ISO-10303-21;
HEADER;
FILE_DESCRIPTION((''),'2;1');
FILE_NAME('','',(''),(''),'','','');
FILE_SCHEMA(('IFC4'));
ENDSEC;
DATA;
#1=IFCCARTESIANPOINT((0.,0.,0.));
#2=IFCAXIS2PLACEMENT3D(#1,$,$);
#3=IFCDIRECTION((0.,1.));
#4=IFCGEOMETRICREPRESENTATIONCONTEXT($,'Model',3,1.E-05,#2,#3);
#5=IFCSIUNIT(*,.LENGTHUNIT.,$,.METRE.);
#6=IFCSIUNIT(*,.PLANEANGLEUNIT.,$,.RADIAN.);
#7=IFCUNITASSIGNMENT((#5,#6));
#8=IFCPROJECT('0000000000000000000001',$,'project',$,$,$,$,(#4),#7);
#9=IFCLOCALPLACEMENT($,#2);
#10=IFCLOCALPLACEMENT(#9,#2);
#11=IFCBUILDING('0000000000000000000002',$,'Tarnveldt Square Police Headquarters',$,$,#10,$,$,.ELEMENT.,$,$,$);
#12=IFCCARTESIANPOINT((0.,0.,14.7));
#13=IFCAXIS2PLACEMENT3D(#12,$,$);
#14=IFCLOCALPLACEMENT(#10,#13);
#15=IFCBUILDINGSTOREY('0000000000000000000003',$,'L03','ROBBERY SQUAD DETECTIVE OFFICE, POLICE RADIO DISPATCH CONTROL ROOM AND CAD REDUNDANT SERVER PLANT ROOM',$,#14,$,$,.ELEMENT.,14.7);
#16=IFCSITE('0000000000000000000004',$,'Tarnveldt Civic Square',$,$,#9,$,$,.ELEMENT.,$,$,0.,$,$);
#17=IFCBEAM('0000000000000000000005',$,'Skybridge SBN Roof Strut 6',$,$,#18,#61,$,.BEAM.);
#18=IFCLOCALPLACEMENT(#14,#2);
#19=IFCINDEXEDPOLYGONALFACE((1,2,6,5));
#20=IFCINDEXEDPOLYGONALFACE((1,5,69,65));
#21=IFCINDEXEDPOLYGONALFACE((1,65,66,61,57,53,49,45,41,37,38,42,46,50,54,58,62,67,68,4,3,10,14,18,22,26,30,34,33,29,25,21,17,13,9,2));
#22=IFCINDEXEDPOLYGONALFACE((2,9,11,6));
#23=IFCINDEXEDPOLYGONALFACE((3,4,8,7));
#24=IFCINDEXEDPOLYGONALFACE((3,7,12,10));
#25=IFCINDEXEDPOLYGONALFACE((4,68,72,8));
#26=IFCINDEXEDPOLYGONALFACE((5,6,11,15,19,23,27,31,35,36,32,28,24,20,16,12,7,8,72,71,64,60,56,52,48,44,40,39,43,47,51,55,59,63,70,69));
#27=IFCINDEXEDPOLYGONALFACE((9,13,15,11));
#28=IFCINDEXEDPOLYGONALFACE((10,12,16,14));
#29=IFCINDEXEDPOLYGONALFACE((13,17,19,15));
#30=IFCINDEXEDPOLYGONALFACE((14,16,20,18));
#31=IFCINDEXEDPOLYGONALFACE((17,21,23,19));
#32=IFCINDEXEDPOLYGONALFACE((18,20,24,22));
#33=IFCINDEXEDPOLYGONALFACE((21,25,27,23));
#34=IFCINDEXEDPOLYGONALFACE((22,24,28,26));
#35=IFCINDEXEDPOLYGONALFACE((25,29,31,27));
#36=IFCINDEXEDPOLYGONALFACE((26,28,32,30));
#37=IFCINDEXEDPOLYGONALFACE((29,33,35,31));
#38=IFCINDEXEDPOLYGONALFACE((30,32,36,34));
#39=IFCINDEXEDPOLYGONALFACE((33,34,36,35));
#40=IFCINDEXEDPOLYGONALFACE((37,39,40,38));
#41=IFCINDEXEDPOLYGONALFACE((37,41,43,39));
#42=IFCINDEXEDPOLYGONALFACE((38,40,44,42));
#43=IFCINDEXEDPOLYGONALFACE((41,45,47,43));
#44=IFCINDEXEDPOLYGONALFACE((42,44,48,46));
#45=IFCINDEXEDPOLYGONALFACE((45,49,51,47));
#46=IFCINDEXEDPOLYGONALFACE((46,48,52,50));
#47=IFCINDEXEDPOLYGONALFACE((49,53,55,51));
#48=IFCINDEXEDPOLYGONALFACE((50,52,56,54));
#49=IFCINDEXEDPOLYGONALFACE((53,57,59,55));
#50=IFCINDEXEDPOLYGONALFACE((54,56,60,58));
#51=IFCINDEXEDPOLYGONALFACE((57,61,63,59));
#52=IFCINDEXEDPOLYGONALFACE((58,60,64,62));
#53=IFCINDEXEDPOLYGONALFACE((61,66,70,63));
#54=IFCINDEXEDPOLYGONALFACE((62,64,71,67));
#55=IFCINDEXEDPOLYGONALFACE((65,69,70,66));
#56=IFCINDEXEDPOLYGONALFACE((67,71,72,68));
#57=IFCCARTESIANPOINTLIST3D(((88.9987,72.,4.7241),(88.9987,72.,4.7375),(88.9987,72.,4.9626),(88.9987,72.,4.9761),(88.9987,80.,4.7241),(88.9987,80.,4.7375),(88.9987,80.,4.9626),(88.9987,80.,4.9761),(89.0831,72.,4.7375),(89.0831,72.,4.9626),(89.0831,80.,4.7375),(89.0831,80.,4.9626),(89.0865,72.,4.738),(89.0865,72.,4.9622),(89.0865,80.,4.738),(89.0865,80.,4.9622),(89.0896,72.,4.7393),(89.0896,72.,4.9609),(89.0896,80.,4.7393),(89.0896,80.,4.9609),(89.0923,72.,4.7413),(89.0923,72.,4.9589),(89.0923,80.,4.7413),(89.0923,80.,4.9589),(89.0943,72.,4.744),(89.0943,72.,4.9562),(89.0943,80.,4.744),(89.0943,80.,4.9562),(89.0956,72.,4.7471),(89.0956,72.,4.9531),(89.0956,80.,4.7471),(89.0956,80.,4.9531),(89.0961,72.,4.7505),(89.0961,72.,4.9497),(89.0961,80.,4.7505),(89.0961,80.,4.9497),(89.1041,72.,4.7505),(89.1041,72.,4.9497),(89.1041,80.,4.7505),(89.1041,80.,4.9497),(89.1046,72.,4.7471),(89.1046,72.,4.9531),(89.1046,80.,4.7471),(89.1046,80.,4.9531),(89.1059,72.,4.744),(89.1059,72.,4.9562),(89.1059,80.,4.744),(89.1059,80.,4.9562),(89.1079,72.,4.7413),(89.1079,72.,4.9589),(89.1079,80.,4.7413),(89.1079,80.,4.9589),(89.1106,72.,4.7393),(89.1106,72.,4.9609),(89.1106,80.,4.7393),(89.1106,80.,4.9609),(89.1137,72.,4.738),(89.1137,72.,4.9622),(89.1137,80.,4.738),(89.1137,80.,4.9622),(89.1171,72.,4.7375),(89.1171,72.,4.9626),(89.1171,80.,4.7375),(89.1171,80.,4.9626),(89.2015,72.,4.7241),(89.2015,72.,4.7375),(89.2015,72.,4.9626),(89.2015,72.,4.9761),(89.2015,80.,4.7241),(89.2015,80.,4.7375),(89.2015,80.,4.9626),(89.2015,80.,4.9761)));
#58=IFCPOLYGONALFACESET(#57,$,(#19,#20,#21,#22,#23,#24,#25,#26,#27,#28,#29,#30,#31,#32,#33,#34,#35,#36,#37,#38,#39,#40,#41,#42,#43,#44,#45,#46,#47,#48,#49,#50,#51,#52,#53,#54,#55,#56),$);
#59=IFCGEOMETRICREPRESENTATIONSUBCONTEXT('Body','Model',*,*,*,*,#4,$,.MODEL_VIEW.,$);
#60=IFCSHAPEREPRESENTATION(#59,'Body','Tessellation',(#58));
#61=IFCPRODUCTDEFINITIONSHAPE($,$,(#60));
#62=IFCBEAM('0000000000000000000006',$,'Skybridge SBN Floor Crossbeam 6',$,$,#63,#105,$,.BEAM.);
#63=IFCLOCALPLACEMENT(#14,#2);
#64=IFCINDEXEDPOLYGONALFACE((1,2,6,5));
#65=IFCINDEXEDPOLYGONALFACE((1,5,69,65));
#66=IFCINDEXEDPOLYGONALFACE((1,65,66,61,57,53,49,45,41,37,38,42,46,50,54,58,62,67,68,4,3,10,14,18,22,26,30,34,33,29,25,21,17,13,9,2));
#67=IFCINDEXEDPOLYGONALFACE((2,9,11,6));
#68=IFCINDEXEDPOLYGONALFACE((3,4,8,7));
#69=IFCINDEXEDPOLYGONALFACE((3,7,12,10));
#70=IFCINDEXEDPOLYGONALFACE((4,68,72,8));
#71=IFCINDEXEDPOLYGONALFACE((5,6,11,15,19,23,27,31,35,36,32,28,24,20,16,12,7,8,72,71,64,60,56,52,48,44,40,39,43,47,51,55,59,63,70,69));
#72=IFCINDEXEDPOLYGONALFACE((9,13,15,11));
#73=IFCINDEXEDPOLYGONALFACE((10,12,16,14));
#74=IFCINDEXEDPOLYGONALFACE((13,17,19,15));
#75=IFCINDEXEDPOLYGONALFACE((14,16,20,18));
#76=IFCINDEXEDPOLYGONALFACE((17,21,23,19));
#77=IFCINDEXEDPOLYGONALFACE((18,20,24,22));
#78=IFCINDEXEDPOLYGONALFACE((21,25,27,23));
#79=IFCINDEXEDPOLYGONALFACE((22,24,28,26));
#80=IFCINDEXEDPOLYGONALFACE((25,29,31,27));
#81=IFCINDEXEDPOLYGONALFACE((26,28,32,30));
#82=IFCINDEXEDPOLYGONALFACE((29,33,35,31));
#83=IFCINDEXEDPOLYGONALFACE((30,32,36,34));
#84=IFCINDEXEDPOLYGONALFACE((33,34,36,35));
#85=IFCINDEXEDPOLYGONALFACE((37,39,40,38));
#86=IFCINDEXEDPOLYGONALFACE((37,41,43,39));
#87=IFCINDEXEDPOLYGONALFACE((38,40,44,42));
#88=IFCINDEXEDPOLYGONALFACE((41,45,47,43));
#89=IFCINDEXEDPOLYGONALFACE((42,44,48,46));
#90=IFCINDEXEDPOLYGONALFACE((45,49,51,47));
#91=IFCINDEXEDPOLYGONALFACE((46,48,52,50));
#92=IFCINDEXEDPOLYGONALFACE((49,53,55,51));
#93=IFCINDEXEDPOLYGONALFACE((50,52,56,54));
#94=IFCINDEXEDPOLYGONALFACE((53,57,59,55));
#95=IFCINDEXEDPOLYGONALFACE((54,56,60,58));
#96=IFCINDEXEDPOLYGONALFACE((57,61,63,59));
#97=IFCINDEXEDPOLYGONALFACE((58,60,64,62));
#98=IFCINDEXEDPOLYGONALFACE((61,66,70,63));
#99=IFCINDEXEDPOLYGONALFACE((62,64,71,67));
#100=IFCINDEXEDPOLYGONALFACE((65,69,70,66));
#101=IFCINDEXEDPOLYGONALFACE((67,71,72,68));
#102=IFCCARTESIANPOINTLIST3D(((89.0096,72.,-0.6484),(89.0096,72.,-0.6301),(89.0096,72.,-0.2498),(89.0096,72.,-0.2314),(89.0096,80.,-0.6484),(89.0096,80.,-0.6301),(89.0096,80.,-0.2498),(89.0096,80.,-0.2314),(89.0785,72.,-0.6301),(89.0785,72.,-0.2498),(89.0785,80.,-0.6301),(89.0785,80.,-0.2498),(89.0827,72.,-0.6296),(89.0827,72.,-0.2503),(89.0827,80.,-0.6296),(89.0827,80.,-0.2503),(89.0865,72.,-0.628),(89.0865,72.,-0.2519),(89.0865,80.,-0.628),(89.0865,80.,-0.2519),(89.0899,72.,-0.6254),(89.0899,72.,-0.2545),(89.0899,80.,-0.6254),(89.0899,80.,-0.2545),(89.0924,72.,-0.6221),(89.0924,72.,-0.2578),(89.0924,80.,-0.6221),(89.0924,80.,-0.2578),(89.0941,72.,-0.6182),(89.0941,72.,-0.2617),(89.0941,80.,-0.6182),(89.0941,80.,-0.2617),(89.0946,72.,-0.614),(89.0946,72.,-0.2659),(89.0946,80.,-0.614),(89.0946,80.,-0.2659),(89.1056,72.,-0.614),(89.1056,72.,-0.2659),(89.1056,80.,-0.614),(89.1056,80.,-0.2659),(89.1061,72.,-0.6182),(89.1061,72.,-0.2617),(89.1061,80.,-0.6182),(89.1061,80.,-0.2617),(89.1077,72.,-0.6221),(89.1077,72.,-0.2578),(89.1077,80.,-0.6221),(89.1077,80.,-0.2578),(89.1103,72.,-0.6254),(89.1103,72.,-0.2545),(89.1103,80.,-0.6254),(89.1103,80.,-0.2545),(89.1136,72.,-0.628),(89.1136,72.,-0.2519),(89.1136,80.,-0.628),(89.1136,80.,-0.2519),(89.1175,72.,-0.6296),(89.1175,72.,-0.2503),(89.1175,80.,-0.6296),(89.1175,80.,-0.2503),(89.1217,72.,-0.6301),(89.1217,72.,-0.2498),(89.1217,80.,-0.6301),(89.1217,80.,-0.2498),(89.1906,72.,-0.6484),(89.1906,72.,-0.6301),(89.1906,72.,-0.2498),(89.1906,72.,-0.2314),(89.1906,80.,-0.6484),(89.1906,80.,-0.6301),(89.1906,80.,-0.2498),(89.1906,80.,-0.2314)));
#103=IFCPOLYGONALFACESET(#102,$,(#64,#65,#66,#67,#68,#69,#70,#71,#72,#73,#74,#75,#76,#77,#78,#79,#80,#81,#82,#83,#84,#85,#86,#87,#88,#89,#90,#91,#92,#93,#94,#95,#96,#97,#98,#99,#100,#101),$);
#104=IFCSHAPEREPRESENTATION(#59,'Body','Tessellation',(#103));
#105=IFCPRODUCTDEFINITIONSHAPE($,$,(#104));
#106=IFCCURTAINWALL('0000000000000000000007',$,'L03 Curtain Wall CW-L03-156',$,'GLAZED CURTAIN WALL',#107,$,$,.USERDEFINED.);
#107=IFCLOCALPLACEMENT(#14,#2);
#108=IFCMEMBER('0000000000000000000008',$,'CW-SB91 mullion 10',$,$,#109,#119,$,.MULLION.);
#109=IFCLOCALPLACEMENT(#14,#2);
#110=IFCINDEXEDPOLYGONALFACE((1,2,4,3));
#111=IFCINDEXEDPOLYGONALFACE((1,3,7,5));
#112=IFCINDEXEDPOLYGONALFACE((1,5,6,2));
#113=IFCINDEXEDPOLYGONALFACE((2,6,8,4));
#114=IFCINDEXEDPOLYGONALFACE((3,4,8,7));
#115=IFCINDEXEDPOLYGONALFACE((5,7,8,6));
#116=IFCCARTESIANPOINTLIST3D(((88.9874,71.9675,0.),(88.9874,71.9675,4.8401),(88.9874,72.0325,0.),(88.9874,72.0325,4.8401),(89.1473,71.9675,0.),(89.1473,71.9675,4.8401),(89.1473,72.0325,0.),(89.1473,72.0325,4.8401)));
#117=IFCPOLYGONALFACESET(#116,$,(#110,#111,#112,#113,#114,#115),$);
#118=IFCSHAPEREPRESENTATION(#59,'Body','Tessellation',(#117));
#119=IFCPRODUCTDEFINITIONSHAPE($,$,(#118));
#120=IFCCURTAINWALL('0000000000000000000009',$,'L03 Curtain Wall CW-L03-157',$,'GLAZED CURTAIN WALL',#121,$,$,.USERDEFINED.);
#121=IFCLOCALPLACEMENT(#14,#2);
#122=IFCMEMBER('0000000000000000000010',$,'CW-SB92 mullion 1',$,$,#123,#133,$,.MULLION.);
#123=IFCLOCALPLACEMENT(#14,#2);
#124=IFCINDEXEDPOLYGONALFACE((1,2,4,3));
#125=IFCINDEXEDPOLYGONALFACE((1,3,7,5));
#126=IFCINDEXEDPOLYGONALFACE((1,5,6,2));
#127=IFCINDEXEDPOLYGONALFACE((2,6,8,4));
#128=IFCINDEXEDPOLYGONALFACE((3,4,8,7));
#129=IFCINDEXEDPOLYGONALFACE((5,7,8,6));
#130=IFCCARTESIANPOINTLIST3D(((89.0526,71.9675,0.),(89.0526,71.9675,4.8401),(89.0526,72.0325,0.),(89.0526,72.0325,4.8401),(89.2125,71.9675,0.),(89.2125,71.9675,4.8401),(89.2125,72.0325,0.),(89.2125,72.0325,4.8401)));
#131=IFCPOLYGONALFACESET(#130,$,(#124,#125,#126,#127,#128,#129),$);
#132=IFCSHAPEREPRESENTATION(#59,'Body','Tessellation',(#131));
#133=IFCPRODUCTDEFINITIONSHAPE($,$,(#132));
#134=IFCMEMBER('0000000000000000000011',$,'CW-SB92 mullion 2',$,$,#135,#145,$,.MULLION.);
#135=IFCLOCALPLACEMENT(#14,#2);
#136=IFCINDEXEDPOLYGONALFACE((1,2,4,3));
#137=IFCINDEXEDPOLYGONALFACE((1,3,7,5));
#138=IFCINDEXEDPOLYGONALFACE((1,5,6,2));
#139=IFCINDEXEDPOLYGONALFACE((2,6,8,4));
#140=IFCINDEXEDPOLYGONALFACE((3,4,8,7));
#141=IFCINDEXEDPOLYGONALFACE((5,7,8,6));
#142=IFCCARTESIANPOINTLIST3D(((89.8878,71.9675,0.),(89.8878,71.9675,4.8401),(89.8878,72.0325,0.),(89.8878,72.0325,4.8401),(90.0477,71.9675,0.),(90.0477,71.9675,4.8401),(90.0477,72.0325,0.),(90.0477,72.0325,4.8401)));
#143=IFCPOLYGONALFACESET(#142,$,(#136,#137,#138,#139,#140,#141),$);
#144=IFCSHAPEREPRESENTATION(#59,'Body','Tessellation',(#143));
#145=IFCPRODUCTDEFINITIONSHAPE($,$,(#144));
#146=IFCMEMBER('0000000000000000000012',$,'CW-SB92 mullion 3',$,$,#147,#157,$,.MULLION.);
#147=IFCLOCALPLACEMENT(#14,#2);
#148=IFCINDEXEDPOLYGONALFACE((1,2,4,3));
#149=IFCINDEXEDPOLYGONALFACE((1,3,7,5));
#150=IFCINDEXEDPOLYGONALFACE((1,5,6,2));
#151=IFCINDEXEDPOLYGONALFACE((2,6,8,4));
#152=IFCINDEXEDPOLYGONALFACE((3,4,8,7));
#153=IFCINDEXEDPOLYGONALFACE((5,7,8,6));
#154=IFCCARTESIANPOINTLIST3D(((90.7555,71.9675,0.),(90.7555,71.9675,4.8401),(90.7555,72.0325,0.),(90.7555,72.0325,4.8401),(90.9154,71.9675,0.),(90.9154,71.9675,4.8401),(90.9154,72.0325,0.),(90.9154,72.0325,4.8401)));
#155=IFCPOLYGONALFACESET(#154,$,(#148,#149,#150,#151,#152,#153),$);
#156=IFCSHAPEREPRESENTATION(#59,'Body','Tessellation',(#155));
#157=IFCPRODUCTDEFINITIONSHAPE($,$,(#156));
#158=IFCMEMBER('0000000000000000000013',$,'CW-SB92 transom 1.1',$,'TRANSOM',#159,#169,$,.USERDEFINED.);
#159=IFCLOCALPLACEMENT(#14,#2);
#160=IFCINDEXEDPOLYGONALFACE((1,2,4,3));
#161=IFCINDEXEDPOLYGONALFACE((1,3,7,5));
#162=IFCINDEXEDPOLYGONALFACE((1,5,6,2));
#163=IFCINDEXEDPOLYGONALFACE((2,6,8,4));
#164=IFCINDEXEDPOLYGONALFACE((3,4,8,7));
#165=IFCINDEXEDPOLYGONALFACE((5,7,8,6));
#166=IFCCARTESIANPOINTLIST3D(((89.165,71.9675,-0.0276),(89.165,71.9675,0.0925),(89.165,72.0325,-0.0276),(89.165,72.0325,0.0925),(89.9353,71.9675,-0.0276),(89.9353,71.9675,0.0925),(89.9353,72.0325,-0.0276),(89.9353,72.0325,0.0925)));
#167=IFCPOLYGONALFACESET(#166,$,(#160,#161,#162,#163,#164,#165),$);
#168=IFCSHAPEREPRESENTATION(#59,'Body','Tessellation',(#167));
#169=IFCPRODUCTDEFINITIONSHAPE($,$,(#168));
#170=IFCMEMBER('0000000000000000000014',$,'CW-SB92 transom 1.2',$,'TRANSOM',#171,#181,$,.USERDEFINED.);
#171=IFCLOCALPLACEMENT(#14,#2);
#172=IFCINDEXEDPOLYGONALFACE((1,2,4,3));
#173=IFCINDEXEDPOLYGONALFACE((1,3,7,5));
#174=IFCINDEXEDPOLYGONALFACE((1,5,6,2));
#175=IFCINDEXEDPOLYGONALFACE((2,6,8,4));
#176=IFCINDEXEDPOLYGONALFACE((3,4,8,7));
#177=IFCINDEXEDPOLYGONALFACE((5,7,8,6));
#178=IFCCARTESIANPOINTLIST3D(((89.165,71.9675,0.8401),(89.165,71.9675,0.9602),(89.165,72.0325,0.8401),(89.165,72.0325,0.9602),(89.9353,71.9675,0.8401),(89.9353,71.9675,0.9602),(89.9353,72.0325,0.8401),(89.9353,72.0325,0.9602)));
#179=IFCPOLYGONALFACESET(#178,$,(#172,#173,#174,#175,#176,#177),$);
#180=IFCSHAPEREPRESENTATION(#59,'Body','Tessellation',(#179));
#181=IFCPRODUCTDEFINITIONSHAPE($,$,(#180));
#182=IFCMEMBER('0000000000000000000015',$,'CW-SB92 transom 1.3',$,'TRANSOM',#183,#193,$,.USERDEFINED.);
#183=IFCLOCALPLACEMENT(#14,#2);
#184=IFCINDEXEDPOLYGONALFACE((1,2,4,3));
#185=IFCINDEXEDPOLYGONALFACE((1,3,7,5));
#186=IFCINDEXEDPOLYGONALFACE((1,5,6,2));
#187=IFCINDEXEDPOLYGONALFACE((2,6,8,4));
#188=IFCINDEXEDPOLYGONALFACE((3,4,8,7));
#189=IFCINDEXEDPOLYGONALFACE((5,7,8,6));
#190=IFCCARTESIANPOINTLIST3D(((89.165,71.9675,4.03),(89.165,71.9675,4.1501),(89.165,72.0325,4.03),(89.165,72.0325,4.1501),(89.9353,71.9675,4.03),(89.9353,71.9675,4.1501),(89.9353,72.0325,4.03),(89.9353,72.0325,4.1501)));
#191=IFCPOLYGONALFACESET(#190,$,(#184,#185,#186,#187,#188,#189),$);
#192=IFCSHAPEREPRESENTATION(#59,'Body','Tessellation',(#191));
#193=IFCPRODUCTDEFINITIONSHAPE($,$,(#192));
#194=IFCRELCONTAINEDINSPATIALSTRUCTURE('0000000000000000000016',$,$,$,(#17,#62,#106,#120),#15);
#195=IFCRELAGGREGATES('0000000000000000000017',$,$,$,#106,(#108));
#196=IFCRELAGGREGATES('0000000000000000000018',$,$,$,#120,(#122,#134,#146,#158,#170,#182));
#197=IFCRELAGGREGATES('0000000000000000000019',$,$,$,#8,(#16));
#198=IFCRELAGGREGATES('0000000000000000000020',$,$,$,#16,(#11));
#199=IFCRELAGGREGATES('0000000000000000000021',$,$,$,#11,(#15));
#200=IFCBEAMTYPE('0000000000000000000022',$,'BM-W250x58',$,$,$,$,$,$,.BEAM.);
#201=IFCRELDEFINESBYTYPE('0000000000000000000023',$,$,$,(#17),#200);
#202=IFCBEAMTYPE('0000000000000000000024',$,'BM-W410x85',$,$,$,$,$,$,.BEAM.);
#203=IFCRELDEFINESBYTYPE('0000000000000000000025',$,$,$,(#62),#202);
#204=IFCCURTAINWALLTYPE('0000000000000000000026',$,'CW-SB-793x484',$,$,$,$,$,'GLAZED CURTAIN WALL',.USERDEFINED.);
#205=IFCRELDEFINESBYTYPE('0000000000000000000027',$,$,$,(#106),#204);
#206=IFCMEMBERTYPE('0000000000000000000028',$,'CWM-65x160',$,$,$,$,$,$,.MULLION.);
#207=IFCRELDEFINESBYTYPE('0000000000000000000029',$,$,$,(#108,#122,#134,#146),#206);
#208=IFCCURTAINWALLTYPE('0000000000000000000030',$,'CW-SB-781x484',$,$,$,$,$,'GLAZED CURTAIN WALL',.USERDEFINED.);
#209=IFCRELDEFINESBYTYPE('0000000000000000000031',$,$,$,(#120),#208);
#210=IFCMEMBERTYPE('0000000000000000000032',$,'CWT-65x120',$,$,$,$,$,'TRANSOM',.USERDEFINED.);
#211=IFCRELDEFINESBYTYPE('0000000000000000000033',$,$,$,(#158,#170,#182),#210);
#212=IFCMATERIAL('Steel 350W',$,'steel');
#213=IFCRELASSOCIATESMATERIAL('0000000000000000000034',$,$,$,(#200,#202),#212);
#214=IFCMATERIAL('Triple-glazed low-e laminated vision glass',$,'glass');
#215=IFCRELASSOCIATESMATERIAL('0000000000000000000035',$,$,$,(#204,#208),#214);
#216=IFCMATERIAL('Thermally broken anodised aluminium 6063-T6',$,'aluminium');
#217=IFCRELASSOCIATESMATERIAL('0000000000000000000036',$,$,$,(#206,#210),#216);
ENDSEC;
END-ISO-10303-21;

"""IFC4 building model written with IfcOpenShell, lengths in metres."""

from ifc_helpers import new_model, si_unit, direction, frame, origin, origin_2d, place, context, subcontext, project, spatial, rectangle, i_section, extrude, material, material_profile, profile_set, type_object, element, aggregate, save


model = new_model("IFC4")

# Units and contexts
model_context = context("Model", 3, precision=1e-05, world=origin(), true_north=direction((0.0, 1.0)))
body_context = subcontext(model_context, "Body", "Model", "MODEL_VIEW")
ifc_project = project(units=[si_unit("LENGTHUNIT", "METRE"), si_unit("PLANEANGLEUNIT", "RADIAN")], contexts=[model_context])

# Site, building, storey
site_placement = place(None, origin())
site = spatial("IfcSite", under=ifc_project, at=site_placement, Name="Tarnveldt Civic Square", CompositionType="ELEMENT", RefElevation=0.0)
building_placement = place(site_placement, origin())
building = spatial("IfcBuilding", under=site, at=building_placement, Name="Tarnveldt Square Police Headquarters", CompositionType="ELEMENT")
storey_placement = place(building_placement, frame((0.0, 0.0, 14.7)))
storey = spatial("IfcBuildingStorey", under=building, at=storey_placement, Name="L03", Description="ROBBERY SQUAD DETECTIVE OFFICE, POLICE RADIO DISPATCH CONTROL ROOM AND CAD REDUNDANT SERVER PLANT ROOM", CompositionType="ELEMENT", Elevation=14.7)

# Beams
ifc_material_1 = material(Name="Steel 350W", Category="steel")
ifc_material_profile_1 = material_profile(ifc_material_1, i_section(OverallWidth=0.2029, OverallDepth=0.252, WebThickness=0.0081, FlangeThickness=0.0134, FilletRadius=0.0129, at=origin_2d()), Name="W250x58")
ifc_profile_set_1 = profile_set([ifc_material_profile_1], Name="Steel 350W")
beam_type_1 = type_object("IfcBeamType", Name="BM-W250x58", PredefinedType="BEAM", material=ifc_profile_set_1)
beam_1_placement = place(storey_placement, frame((89.1001, 72.0, 4.8501), z_axis=(0.0, 1.0, 0.0), x_axis=(-1.0, 0.0, 0.0)))
element("IfcBeam", 1, at=beam_1_placement, inside=storey, type_object=beam_type_1, Name="Skybridge SBN Roof Strut 6", PredefinedType="BEAM", context=body_context, shape_type="SweptSolid", body=[
    extrude(i_section(OverallWidth=0.2029, OverallDepth=0.252, WebThickness=0.0081, FlangeThickness=0.0134, FilletRadius=0.0129, at=origin_2d()), origin(), (0.0, 0.0, 1.0), 8.0),
])
ifc_material_profile_2 = material_profile(ifc_material_1, i_section(OverallWidth=0.1809, OverallDepth=0.417, WebThickness=0.011, FlangeThickness=0.0183, FilletRadius=0.0161, at=origin_2d()), Name="W410x85")
ifc_profile_set_2 = profile_set([ifc_material_profile_2], Name="Steel 350W")
beam_type_2 = type_object("IfcBeamType", Name="BM-W410x85", PredefinedType="BEAM", material=ifc_profile_set_2)
beam_2_placement = place(storey_placement, frame((89.1001, 72.0, -0.4399), z_axis=(0.0, 1.0, 0.0), x_axis=(-1.0, 0.0, 0.0)))
element("IfcBeam", 2, at=beam_2_placement, inside=storey, type_object=beam_type_2, Name="Skybridge SBN Floor Crossbeam 6", PredefinedType="BEAM", context=body_context, shape_type="SweptSolid", body=[
    extrude(i_section(OverallWidth=0.1809, OverallDepth=0.417, WebThickness=0.011, FlangeThickness=0.0183, FilletRadius=0.0161, at=origin_2d()), origin(), (0.0, 0.0, 1.0), 8.0),
])

# Curtain wall, member
ifc_material_2 = material(Name="Triple-glazed low-e laminated vision glass", Category="glass")
curtain_wall_type_1 = type_object("IfcCurtainWallType", Name="CW-SB-793x484", ElementType="GLAZED CURTAIN WALL", PredefinedType="USERDEFINED", material=ifc_material_2)
curtain_wall_1_placement = place(storey_placement, origin())
curtain_wall_1 = element("IfcCurtainWall", 3, at=curtain_wall_1_placement, inside=storey, type_object=curtain_wall_type_1, Name="L03 Curtain Wall CW-L03-156", ObjectType="GLAZED CURTAIN WALL", PredefinedType="USERDEFINED")
ifc_material_3 = material(Name="Thermally broken anodised aluminium 6063-T6", Category="aluminium")
ifc_material_profile_3 = material_profile(ifc_material_3, rectangle(XDim=0.0649, YDim=0.1599, at=origin_2d()), Name="CW-M65x160")
ifc_profile_set_3 = profile_set([ifc_material_profile_3], Name="Thermally broken anodised aluminium 6063-T6")
member_type_1 = type_object("IfcMemberType", Name="CWM-65x160", PredefinedType="MULLION", material=ifc_profile_set_3)
member_1_placement = place(storey_placement, frame((89.0674, 72.0, 0.0), z_axis=(0.0, 0.0, 1.0), x_axis=(0.0, 1.0, 0.0)))
member_1 = element("IfcMember", 4, at=member_1_placement, type_object=member_type_1, Name="CW-SB91 mullion 10", PredefinedType="MULLION", context=body_context, shape_type="SweptSolid", body=[
    extrude(rectangle(XDim=0.0649, YDim=0.1599, at=origin_2d()), origin(), (0.0, 0.0, 1.0), 4.8401),
])

# Curtain wall, members
curtain_wall_type_2 = type_object("IfcCurtainWallType", Name="CW-SB-781x484", ElementType="GLAZED CURTAIN WALL", PredefinedType="USERDEFINED", material=ifc_material_2)
curtain_wall_2_placement = place(storey_placement, origin())
curtain_wall_2 = element("IfcCurtainWall", 5, at=curtain_wall_2_placement, inside=storey, type_object=curtain_wall_type_2, Name="L03 Curtain Wall CW-L03-157", ObjectType="GLAZED CURTAIN WALL", PredefinedType="USERDEFINED")
member_2_placement = place(storey_placement, frame((89.1326, 72.0, 0.0), z_axis=(0.0, 0.0, 1.0), x_axis=(0.0, 1.0, 0.0)))
member_2 = element("IfcMember", 6, at=member_2_placement, type_object=member_type_1, Name="CW-SB92 mullion 1", PredefinedType="MULLION", context=body_context, shape_type="SweptSolid", body=[
    extrude(rectangle(XDim=0.0649, YDim=0.1599, at=origin_2d()), origin(), (0.0, 0.0, 1.0), 4.8401),
])
member_3_placement = place(storey_placement, frame((89.9678, 72.0, 0.0), z_axis=(0.0, 0.0, 1.0), x_axis=(0.0, 1.0, 0.0)))
member_3 = element("IfcMember", 7, at=member_3_placement, type_object=member_type_1, Name="CW-SB92 mullion 2", PredefinedType="MULLION", context=body_context, shape_type="SweptSolid", body=[
    extrude(rectangle(XDim=0.0649, YDim=0.1599, at=origin_2d()), origin(), (0.0, 0.0, 1.0), 4.8401),
])
member_4_placement = place(storey_placement, frame((90.8354, 72.0, 0.0), z_axis=(0.0, 0.0, 1.0), x_axis=(0.0, 1.0, 0.0)))
member_4 = element("IfcMember", 8, at=member_4_placement, type_object=member_type_1, Name="CW-SB92 mullion 3", PredefinedType="MULLION", context=body_context, shape_type="SweptSolid", body=[
    extrude(rectangle(XDim=0.0649, YDim=0.1599, at=origin_2d()), origin(), (0.0, 0.0, 1.0), 4.8401),
])
ifc_material_profile_4 = material_profile(ifc_material_3, rectangle(XDim=0.0649, YDim=0.1201, at=origin_2d()), Name="CW-T65x120")
ifc_profile_set_4 = profile_set([ifc_material_profile_4], Name="Thermally broken anodised aluminium 6063-T6")
member_type_2 = type_object("IfcMemberType", Name="CWT-65x120", ElementType="TRANSOM", PredefinedType="USERDEFINED", material=ifc_profile_set_4)
member_5_placement = place(storey_placement, frame((89.165, 72.0, 0.0325), z_axis=(1.0, 0.0, 0.0), x_axis=(0.0, 1.0, 0.0)))
member_5 = element("IfcMember", 9, at=member_5_placement, type_object=member_type_2, Name="CW-SB92 transom 1.1", ObjectType="TRANSOM", PredefinedType="USERDEFINED", context=body_context, shape_type="SweptSolid", body=[
    extrude(rectangle(XDim=0.0649, YDim=0.1201, at=origin_2d()), origin(), (0.0, 0.0, 1.0), 0.7703),
])
member_6_placement = place(storey_placement, frame((89.165, 72.0, 0.9001), z_axis=(1.0, 0.0, 0.0), x_axis=(0.0, 1.0, 0.0)))
member_6 = element("IfcMember", 10, at=member_6_placement, type_object=member_type_2, Name="CW-SB92 transom 1.2", ObjectType="TRANSOM", PredefinedType="USERDEFINED", context=body_context, shape_type="SweptSolid", body=[
    extrude(rectangle(XDim=0.0649, YDim=0.1201, at=origin_2d()), origin(), (0.0, 0.0, 1.0), 0.7703),
])
member_7_placement = place(storey_placement, frame((89.165, 72.0, 4.0901), z_axis=(1.0, 0.0, 0.0), x_axis=(0.0, 1.0, 0.0)))
member_7 = element("IfcMember", 11, at=member_7_placement, type_object=member_type_2, Name="CW-SB92 transom 1.3", ObjectType="TRANSOM", PredefinedType="USERDEFINED", context=body_context, shape_type="SweptSolid", body=[
    extrude(rectangle(XDim=0.0649, YDim=0.1201, at=origin_2d()), origin(), (0.0, 0.0, 1.0), 0.7703),
])

aggregate(curtain_wall_1, [member_1])
aggregate(curtain_wall_2, [member_2, member_3, member_4, member_5, member_6, member_7])

save(model, "model.ifc")
